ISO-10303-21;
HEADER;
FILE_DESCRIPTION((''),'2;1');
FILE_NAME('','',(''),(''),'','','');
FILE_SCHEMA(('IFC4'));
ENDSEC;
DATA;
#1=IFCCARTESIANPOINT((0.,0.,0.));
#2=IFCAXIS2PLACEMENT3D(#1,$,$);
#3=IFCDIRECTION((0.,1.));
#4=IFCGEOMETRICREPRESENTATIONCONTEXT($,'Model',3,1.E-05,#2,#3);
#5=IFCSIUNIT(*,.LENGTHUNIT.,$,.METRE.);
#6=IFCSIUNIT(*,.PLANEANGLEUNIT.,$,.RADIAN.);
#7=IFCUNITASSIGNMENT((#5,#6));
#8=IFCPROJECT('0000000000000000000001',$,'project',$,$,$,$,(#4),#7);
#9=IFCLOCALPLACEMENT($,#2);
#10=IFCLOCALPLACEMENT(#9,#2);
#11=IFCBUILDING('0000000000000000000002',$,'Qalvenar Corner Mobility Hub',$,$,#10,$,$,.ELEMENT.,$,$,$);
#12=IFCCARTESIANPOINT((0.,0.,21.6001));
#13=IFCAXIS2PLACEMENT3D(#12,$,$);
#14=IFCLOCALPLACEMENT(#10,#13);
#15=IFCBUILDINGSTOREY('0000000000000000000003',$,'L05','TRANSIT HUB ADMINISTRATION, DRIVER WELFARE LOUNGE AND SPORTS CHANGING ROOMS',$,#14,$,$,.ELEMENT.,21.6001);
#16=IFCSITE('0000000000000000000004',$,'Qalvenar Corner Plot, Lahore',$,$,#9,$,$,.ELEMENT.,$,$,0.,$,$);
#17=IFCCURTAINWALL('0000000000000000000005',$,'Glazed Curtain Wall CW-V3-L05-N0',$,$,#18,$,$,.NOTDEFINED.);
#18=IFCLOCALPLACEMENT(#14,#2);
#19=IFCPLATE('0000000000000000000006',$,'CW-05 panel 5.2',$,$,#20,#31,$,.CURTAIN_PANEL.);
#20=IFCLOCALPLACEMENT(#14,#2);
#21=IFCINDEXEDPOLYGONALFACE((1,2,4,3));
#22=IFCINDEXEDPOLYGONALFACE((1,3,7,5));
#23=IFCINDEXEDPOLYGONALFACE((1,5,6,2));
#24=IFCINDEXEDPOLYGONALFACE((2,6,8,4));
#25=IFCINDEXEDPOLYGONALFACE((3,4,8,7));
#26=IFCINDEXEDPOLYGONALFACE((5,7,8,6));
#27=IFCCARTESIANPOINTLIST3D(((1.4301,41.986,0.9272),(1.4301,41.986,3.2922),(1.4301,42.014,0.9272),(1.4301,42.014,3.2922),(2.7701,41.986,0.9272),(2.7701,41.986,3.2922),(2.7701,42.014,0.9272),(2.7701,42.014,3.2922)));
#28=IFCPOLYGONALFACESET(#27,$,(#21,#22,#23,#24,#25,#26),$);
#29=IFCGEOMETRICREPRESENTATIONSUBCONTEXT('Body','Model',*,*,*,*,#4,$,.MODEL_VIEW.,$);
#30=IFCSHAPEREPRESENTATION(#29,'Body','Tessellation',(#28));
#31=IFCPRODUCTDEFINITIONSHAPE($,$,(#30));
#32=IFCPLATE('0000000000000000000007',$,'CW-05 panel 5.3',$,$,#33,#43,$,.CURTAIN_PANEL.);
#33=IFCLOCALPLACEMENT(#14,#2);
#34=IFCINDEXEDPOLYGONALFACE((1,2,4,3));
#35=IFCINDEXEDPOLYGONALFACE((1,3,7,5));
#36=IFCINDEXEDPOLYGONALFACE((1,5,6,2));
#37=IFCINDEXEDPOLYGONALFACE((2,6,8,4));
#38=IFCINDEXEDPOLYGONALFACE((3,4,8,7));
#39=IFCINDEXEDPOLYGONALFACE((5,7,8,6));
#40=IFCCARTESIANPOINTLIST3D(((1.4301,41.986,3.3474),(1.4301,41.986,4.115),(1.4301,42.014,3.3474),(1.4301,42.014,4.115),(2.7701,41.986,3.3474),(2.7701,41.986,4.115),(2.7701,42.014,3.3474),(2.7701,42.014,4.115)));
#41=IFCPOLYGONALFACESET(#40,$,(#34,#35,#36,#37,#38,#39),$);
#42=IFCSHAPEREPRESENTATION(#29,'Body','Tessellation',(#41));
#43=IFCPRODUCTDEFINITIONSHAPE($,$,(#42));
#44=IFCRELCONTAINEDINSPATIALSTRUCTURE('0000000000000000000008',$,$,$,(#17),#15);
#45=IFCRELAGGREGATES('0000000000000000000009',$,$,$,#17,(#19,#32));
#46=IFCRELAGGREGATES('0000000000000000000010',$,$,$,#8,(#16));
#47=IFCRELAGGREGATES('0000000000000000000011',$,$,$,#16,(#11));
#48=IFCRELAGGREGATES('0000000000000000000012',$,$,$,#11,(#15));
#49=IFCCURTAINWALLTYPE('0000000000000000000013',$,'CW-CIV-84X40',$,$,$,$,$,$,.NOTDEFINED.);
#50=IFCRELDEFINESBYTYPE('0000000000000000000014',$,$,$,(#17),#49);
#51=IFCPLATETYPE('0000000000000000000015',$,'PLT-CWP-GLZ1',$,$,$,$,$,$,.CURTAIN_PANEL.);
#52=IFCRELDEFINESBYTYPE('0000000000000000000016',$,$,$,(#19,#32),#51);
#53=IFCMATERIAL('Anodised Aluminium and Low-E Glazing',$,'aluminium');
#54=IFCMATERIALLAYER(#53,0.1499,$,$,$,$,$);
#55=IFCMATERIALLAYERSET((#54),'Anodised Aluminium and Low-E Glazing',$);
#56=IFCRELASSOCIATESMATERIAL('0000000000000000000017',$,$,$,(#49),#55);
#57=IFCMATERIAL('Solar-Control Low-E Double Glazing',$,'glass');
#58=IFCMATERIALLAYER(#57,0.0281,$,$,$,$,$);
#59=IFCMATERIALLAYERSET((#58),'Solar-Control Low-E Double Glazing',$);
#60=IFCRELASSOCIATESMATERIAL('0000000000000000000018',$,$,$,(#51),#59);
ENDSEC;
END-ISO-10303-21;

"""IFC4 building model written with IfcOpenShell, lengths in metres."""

from ifc_helpers import new_model, si_unit, direction, frame, origin, origin_2d, place, context, subcontext, project, spatial, rectangle, extrude, material, layer, layer_set, type_object, element, aggregate, save


model = new_model("IFC4")

# Units and contexts
model_context = context("Model", 3, precision=1e-05, world=origin(), true_north=direction((0.0, 1.0)))
body_context = subcontext(model_context, "Body", "Model", "MODEL_VIEW")
ifc_project = project(units=[si_unit("LENGTHUNIT", "METRE"), si_unit("PLANEANGLEUNIT", "RADIAN")], contexts=[model_context])

# Site, building, storey
site_placement = place(None, origin())
site = spatial("IfcSite", under=ifc_project, at=site_placement, Name="Qalvenar Corner Plot, Lahore", CompositionType="ELEMENT", RefElevation=0.0)
building_placement = place(site_placement, origin())
building = spatial("IfcBuilding", under=site, at=building_placement, Name="Qalvenar Corner Mobility Hub", CompositionType="ELEMENT")
storey_placement = place(building_placement, frame((0.0, 0.0, 21.6001)))
storey = spatial("IfcBuildingStorey", under=building, at=storey_placement, Name="L05", Description="TRANSIT HUB ADMINISTRATION, DRIVER WELFARE LOUNGE AND SPORTS CHANGING ROOMS", CompositionType="ELEMENT", Elevation=21.6001)

# Curtain wall, plates
ifc_material_1 = material(Name="Anodised Aluminium and Low-E Glazing", Category="aluminium")
ifc_layer_1 = layer(ifc_material_1, 0.1499)
ifc_layer_set_1 = layer_set([ifc_layer_1], Name="Anodised Aluminium and Low-E Glazing")
curtain_wall_type = type_object("IfcCurtainWallType", Name="CW-CIV-84X40", PredefinedType="NOTDEFINED", material=ifc_layer_set_1)
curtain_wall_placement = place(storey_placement, origin())
curtain_wall = element("IfcCurtainWall", 1, at=curtain_wall_placement, inside=storey, type_object=curtain_wall_type, Name="Glazed Curtain Wall CW-V3-L05-N0", PredefinedType="NOTDEFINED")
ifc_material_2 = material(Name="Solar-Control Low-E Double Glazing", Category="glass")
ifc_layer_2 = layer(ifc_material_2, 0.0281)
ifc_layer_set_2 = layer_set([ifc_layer_2], Name="Solar-Control Low-E Double Glazing")
plate_type = type_object("IfcPlateType", Name="PLT-CWP-GLZ1", PredefinedType="CURTAIN_PANEL", material=ifc_layer_set_2)
plate_1_placement = place(storey_placement, frame((2.1001, 42.0, 0.9272), z_axis=(0.0, 0.0, 1.0), x_axis=(-1.0, 0.0, 0.0)))
plate_1 = element("IfcPlate", 2, at=plate_1_placement, type_object=plate_type, Name="CW-05 panel 5.2", PredefinedType="CURTAIN_PANEL", context=body_context, shape_type="SweptSolid", body=[
    extrude(rectangle(XDim=1.3401, YDim=0.0281, at=origin_2d()), origin(), (0.0, 0.0, 1.0), 2.365),
])
plate_2_placement = place(storey_placement, frame((2.1001, 42.0, 3.3474), z_axis=(0.0, 0.0, 1.0), x_axis=(-1.0, 0.0, 0.0)))
plate_2 = element("IfcPlate", 3, at=plate_2_placement, type_object=plate_type, Name="CW-05 panel 5.3", PredefinedType="CURTAIN_PANEL", context=body_context, shape_type="SweptSolid", body=[
    extrude(rectangle(XDim=1.3401, YDim=0.0281, at=origin_2d()), origin(), (0.0, 0.0, 1.0), 0.7676),
])
aggregate(curtain_wall, [plate_1, plate_2])

save(model, "model.ifc")
